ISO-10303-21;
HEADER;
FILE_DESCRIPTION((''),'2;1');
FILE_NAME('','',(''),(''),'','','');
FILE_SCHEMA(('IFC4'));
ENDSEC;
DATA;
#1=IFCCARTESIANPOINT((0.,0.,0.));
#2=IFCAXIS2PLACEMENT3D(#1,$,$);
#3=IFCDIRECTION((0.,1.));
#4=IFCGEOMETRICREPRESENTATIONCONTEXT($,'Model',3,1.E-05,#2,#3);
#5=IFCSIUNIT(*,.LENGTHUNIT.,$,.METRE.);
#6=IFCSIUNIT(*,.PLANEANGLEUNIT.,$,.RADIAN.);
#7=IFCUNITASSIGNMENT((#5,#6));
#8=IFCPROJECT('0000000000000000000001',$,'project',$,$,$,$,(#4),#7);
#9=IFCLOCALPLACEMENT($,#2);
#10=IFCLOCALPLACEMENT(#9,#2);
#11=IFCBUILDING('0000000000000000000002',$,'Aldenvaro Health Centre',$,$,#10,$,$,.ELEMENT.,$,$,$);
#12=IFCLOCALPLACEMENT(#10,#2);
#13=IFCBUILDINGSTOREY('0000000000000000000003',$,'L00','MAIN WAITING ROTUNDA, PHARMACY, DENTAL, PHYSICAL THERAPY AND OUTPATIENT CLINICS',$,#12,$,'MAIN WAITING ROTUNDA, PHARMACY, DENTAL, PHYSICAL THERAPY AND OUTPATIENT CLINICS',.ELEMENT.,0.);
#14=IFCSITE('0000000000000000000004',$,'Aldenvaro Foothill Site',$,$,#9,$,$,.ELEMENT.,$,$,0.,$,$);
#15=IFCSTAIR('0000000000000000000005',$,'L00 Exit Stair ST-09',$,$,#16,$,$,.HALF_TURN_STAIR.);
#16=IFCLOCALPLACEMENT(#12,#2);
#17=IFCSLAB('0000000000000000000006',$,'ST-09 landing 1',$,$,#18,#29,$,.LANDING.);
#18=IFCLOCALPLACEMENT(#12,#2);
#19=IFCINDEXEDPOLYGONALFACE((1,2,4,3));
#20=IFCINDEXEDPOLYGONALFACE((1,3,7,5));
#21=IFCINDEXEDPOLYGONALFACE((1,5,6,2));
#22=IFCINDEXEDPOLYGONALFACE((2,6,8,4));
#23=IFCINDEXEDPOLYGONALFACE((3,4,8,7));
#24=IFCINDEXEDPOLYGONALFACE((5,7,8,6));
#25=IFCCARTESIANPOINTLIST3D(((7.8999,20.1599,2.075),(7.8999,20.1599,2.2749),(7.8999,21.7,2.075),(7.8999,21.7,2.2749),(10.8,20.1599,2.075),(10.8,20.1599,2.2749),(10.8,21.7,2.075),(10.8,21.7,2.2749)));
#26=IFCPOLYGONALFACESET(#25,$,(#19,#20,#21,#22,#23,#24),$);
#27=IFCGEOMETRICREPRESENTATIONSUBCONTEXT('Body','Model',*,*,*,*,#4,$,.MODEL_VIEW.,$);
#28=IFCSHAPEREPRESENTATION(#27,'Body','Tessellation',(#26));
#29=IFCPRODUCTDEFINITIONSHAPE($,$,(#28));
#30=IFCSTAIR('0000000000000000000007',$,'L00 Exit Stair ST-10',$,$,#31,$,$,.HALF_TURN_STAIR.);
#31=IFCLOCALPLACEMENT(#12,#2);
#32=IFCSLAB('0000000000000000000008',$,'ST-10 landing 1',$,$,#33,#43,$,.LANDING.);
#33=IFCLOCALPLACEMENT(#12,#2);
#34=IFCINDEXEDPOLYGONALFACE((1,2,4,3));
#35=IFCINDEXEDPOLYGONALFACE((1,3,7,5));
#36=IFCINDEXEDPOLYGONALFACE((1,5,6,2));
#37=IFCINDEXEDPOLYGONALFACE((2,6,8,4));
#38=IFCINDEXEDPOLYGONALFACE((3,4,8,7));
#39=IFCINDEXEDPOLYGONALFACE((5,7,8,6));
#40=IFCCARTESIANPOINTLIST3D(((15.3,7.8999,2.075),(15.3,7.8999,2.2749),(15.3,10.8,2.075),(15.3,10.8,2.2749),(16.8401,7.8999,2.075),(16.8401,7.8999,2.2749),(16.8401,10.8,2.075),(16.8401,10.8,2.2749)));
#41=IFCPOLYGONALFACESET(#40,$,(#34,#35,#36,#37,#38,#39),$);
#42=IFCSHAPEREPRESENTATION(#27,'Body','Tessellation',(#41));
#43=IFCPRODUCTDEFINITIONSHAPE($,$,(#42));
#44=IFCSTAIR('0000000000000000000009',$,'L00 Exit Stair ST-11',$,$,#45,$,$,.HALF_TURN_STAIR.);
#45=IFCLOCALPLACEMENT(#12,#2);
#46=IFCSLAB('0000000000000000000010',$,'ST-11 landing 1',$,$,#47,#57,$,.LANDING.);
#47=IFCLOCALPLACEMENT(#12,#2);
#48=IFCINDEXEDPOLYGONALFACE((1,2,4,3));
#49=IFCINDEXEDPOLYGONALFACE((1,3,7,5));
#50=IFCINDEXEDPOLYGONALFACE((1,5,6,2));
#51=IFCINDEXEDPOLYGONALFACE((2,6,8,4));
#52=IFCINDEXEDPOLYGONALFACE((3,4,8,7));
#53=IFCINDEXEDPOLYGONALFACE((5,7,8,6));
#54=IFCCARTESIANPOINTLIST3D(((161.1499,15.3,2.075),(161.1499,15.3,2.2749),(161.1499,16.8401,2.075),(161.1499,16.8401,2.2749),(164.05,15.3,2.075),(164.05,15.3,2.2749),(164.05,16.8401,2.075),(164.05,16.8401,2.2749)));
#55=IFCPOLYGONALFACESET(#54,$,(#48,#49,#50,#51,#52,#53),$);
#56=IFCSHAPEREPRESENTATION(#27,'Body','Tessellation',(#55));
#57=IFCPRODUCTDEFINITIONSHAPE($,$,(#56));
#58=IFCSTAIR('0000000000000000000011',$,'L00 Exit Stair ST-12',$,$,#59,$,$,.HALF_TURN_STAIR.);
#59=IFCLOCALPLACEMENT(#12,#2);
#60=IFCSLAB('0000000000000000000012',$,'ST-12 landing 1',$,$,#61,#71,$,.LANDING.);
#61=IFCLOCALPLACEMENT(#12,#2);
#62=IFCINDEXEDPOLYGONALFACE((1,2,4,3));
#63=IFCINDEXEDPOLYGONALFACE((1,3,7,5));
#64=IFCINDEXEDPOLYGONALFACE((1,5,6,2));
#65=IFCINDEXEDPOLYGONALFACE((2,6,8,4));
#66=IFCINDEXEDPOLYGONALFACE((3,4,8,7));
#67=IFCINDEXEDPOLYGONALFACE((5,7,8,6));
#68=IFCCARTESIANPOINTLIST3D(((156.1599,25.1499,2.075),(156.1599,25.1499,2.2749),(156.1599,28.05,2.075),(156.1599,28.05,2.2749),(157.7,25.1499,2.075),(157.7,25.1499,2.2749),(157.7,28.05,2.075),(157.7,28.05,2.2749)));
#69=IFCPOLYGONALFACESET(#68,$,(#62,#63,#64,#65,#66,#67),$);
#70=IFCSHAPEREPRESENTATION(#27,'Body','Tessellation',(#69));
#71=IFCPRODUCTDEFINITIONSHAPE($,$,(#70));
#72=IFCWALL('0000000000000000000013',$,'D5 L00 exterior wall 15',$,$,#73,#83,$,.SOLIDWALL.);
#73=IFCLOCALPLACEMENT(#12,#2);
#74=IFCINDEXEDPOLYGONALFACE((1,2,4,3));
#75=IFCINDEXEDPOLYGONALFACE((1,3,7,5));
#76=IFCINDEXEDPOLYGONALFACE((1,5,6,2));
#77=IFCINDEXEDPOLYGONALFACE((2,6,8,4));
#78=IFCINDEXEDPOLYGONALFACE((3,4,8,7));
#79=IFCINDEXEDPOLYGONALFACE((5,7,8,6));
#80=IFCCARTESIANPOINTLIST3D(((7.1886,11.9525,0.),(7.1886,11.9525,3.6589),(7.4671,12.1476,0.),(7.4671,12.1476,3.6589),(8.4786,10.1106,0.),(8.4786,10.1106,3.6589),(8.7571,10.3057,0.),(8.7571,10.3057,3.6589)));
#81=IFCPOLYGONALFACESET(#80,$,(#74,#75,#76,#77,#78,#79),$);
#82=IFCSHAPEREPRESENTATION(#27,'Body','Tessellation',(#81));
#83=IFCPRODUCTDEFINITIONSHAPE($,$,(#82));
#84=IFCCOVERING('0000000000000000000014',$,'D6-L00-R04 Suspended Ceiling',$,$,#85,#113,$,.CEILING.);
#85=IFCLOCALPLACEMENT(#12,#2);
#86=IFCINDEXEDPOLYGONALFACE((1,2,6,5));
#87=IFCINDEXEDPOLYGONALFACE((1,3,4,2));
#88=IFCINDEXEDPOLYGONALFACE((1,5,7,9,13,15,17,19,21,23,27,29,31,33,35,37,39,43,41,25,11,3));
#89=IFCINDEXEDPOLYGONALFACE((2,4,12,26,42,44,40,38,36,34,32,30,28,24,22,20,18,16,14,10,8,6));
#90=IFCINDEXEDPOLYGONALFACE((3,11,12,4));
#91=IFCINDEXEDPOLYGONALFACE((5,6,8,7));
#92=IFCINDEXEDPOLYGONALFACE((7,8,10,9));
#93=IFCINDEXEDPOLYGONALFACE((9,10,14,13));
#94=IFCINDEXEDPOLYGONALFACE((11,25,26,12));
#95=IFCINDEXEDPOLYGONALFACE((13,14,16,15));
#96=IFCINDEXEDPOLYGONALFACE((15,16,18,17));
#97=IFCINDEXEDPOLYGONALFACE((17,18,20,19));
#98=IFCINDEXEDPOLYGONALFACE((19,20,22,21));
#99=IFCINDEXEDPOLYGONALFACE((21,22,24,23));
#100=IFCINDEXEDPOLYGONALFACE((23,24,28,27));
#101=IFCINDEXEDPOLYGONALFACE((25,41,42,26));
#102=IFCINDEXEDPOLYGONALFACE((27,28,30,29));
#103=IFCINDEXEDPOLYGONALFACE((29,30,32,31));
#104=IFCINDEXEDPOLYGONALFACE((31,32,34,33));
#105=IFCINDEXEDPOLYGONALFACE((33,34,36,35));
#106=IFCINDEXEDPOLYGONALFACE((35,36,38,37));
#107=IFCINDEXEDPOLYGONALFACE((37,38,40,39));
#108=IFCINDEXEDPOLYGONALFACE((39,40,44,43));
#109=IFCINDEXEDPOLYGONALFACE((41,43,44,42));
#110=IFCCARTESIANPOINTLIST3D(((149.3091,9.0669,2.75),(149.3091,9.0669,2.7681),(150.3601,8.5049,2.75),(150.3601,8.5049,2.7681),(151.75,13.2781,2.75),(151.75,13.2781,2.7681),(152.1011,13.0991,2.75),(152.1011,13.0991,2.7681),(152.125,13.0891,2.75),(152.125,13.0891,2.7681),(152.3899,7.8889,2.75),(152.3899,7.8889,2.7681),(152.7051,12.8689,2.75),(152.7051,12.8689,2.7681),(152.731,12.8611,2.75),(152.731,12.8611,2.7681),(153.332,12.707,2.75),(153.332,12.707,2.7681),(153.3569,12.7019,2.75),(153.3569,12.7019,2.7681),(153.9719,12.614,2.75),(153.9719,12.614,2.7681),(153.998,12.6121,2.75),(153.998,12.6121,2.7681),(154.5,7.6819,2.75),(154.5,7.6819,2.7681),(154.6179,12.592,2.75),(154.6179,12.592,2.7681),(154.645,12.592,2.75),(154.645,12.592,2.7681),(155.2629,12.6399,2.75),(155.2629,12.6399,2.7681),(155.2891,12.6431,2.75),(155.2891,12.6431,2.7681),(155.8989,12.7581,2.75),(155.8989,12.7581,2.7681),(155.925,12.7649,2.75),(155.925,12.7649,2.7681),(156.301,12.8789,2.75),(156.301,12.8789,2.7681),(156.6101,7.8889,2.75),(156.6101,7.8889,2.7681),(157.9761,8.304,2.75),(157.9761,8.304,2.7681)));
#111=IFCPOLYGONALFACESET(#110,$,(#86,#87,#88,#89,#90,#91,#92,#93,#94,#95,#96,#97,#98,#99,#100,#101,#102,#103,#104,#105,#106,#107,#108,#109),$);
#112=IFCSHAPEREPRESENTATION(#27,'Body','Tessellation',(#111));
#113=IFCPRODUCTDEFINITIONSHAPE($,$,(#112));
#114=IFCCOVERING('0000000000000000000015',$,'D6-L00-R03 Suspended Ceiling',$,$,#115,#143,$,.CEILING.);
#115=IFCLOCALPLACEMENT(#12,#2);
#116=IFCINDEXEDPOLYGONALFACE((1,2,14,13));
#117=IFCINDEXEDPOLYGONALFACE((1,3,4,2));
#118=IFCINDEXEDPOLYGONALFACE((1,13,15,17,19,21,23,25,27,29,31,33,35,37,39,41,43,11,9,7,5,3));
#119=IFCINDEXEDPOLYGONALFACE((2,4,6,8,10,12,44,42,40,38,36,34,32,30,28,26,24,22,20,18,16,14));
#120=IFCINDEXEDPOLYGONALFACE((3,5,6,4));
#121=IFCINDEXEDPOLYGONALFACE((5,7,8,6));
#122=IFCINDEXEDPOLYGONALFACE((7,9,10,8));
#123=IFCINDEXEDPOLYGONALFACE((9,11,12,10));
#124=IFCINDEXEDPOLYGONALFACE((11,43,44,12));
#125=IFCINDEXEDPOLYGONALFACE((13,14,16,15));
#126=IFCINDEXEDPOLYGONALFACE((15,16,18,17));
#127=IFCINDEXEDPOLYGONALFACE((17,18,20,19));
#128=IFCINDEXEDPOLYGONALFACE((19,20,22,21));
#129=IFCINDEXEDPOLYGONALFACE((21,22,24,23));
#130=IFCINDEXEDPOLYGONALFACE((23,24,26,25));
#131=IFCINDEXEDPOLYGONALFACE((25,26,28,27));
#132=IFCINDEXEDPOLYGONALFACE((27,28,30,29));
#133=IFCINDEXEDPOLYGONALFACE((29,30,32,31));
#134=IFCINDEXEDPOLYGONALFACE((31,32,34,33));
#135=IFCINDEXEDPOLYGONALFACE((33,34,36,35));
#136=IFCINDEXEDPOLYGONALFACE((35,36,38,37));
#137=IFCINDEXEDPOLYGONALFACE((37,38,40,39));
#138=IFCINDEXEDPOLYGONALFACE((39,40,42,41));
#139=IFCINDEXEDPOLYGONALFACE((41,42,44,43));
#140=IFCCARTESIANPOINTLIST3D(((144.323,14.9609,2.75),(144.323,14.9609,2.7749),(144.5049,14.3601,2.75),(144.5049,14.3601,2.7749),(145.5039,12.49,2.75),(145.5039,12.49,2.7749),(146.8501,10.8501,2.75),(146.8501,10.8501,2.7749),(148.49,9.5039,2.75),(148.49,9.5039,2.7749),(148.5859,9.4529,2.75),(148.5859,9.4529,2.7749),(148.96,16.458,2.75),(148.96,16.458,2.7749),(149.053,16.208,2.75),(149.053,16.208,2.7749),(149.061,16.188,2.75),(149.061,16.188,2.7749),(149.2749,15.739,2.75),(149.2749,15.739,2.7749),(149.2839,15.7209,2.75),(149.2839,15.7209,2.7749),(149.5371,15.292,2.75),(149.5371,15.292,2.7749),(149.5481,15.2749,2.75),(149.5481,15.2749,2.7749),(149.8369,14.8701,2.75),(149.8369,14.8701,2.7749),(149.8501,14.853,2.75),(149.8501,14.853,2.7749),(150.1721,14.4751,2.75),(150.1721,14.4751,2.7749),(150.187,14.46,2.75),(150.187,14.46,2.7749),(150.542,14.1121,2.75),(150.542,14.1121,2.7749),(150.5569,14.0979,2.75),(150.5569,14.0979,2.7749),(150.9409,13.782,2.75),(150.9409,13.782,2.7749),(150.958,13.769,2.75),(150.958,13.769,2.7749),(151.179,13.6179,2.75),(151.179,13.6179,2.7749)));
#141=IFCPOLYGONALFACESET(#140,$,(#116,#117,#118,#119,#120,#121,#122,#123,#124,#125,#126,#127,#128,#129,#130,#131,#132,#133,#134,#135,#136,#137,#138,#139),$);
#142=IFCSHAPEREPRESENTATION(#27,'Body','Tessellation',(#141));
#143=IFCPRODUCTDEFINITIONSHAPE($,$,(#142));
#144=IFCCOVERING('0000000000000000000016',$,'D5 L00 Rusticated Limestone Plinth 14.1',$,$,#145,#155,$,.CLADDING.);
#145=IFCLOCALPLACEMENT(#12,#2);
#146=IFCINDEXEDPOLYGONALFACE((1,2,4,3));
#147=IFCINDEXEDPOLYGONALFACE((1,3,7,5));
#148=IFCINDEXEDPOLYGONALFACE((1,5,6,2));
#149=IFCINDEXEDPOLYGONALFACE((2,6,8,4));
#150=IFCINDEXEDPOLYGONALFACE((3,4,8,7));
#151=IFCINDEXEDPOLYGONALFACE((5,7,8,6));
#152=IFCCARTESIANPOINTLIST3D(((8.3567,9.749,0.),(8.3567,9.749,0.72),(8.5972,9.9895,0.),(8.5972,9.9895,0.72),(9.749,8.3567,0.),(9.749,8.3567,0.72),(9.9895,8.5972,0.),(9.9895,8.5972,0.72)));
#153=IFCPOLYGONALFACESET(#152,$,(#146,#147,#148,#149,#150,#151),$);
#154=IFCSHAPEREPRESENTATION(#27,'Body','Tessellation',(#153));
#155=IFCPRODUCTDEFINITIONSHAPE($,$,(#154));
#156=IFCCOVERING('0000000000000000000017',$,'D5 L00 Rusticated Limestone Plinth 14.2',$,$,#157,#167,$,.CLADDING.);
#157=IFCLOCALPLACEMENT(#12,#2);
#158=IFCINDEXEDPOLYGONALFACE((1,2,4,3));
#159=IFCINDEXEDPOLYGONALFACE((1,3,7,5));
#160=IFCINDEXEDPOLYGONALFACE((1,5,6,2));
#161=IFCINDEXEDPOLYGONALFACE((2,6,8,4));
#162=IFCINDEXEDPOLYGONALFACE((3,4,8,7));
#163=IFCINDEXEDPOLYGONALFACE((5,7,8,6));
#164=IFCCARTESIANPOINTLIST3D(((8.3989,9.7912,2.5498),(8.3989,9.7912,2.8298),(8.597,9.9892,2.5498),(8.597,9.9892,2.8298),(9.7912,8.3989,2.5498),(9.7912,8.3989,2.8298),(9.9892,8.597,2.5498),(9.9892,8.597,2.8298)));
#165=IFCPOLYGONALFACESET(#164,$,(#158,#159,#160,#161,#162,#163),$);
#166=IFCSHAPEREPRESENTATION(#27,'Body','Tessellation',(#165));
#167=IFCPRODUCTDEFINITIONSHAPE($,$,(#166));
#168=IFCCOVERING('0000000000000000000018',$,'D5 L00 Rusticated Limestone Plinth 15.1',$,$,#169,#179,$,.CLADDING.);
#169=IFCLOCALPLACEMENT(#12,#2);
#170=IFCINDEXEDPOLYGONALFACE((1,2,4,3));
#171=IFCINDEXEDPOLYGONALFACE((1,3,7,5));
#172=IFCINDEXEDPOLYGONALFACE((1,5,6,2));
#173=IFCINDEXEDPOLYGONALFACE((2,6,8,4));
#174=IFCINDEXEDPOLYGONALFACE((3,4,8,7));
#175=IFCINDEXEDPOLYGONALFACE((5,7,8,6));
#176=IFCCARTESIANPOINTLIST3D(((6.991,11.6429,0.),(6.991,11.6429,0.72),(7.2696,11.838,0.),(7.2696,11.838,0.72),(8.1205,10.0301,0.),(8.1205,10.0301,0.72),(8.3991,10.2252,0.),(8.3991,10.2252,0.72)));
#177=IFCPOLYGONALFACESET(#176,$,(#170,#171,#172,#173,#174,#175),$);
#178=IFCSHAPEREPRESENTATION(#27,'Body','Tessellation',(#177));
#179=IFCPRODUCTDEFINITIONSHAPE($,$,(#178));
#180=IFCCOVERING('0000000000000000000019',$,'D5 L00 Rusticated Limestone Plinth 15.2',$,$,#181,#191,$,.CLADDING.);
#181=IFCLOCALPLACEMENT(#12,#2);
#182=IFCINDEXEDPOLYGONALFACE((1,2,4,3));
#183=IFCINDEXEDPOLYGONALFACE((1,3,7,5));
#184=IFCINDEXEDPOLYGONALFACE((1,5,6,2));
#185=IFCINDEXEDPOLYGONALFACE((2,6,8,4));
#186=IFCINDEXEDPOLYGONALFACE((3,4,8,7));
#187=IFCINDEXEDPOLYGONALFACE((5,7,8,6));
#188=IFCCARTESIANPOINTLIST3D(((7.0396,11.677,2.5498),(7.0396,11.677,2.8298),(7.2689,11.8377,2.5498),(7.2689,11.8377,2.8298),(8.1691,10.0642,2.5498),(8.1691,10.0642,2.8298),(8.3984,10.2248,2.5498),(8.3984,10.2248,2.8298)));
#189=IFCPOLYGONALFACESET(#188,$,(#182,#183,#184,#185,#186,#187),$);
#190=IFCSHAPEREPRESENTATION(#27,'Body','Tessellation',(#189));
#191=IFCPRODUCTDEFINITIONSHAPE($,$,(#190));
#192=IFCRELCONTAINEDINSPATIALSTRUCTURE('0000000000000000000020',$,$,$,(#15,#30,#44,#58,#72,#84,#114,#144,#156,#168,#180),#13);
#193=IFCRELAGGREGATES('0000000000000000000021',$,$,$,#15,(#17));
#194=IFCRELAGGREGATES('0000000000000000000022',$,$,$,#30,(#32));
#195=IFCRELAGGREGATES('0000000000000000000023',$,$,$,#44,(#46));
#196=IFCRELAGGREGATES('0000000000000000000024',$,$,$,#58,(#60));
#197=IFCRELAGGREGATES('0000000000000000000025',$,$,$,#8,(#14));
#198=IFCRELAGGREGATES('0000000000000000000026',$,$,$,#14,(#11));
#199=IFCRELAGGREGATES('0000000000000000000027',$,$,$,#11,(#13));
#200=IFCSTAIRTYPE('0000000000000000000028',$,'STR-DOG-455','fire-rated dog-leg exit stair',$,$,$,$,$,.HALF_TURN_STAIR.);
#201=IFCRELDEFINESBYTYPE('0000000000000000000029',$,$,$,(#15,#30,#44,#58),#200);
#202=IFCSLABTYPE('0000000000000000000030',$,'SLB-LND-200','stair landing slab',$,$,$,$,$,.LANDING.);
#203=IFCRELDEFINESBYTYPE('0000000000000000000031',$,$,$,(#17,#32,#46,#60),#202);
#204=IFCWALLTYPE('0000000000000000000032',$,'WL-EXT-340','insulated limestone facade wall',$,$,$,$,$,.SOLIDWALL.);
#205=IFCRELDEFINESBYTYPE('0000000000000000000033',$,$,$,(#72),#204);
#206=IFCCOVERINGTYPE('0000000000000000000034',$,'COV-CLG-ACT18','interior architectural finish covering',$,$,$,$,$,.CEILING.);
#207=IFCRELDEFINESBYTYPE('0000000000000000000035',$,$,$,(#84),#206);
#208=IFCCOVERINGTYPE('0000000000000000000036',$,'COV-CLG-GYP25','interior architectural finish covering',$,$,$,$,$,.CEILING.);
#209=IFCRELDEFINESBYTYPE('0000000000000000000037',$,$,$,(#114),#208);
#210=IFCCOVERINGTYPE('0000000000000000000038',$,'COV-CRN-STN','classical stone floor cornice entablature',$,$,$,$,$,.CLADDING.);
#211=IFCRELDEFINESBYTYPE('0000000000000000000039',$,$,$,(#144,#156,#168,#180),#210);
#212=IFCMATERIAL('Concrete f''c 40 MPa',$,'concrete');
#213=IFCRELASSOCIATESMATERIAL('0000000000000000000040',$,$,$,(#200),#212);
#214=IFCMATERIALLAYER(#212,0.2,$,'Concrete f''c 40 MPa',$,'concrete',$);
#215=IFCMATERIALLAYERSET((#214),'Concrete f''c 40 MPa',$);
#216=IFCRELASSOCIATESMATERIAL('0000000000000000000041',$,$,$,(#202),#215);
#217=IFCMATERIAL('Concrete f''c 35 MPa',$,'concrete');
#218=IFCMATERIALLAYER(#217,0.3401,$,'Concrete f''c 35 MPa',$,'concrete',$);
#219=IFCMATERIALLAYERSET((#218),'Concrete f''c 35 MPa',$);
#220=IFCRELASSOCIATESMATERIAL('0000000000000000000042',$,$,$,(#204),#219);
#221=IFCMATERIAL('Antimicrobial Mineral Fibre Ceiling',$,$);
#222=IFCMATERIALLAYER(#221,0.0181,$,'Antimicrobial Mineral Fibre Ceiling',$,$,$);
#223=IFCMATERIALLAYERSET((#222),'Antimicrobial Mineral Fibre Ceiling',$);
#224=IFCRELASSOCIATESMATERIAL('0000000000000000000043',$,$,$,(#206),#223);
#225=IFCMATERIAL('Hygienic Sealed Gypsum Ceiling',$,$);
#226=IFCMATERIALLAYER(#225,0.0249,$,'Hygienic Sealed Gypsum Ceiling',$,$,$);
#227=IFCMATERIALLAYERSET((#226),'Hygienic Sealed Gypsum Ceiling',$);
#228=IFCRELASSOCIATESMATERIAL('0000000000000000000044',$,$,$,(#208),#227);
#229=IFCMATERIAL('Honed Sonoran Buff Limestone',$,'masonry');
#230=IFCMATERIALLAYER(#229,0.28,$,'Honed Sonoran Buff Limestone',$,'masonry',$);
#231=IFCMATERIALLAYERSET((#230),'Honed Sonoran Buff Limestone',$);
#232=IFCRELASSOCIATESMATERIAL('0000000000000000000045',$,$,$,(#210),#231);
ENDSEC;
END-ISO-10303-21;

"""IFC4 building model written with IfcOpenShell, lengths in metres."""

from ifc_helpers import new_model, si_unit, direction, frame, frame_2d, origin, origin_2d, place, context, subcontext, project, spatial, polyline, rectangle, outline, extrude, material, layer, layer_set, type_object, element, aggregate, save


model = new_model("IFC4")

# Units and contexts
model_context = context("Model", 3, precision=1e-05, world=origin(), true_north=direction((0.0, 1.0)))
body_context = subcontext(model_context, "Body", "Model", "MODEL_VIEW")
ifc_project = project(units=[si_unit("LENGTHUNIT", "METRE"), si_unit("PLANEANGLEUNIT", "RADIAN")], contexts=[model_context])

# Site, building, storey
site_placement = place(None, origin())
site = spatial("IfcSite", under=ifc_project, at=site_placement, Name="Aldenvaro Foothill Site", CompositionType="ELEMENT", RefElevation=0.0)
building_placement = place(site_placement, origin())
building = spatial("IfcBuilding", under=site, at=building_placement, Name="Aldenvaro Health Centre", CompositionType="ELEMENT")
storey_placement = place(building_placement, origin())
storey = spatial("IfcBuildingStorey", under=building, at=storey_placement, Name="L00", Description="MAIN WAITING ROTUNDA, PHARMACY, DENTAL, PHYSICAL THERAPY AND OUTPATIENT CLINICS", LongName="MAIN WAITING ROTUNDA, PHARMACY, DENTAL, PHYSICAL THERAPY AND OUTPATIENT CLINICS", CompositionType="ELEMENT", Elevation=0.0)

# Shared definitions
ifc_material_1 = material(Name="Concrete f'c 40 MPa", Category="concrete")

# Stairs, slabs
stair_type = type_object("IfcStairType", Name="STR-DOG-455", Description="fire-rated dog-leg exit stair", PredefinedType="HALF_TURN_STAIR", material=ifc_material_1)
ifc_layer_1 = layer(ifc_material_1, 0.2, Name="Concrete f'c 40 MPa", Category="concrete")
ifc_layer_set_1 = layer_set([ifc_layer_1], Name="Concrete f'c 40 MPa")
slab_type = type_object("IfcSlabType", Name="SLB-LND-200", Description="stair landing slab", PredefinedType="LANDING", material=ifc_layer_set_1)
stair_1_placement = place(storey_placement, origin())
stair_1 = element("IfcStair", 1, at=stair_1_placement, inside=storey, type_object=stair_type, Name="L00 Exit Stair ST-09", PredefinedType="HALF_TURN_STAIR")
slab_1_placement = place(storey_placement, frame((0.0, 0.0, 2.075)))
slab_1 = element("IfcSlab", 2, at=slab_1_placement, type_object=slab_type, Name="ST-09 landing 1", PredefinedType="LANDING", context=body_context, shape_type="SweptSolid", body=[
    extrude(outline(polyline([(10.8, 20.1599), (10.8, 21.7), (7.8999, 21.7), (7.8999, 20.1599), (10.8, 20.1599)])), origin(), (0.0, 0.0, 1.0), 0.2),
])
aggregate(stair_1, [slab_1])
stair_2_placement = place(storey_placement, origin())
stair_2 = element("IfcStair", 3, at=stair_2_placement, inside=storey, type_object=stair_type, Name="L00 Exit Stair ST-10", PredefinedType="HALF_TURN_STAIR")
slab_2_placement = place(storey_placement, frame((0.0, 0.0, 2.075)))
slab_2 = element("IfcSlab", 4, at=slab_2_placement, type_object=slab_type, Name="ST-10 landing 1", PredefinedType="LANDING", context=body_context, shape_type="SweptSolid", body=[
    extrude(outline(polyline([(16.8401, 10.8), (15.3, 10.8), (15.3, 7.8999), (16.8401, 7.8999), (16.8401, 10.8)])), origin(), (0.0, 0.0, 1.0), 0.2),
])
aggregate(stair_2, [slab_2])
stair_3_placement = place(storey_placement, origin())
stair_3 = element("IfcStair", 5, at=stair_3_placement, inside=storey, type_object=stair_type, Name="L00 Exit Stair ST-11", PredefinedType="HALF_TURN_STAIR")
slab_3_placement = place(storey_placement, frame((0.0, 0.0, 2.075)))
slab_3 = element("IfcSlab", 6, at=slab_3_placement, type_object=slab_type, Name="ST-11 landing 1", PredefinedType="LANDING", context=body_context, shape_type="SweptSolid", body=[
    extrude(outline(polyline([(161.1499, 16.8401), (161.1499, 15.3), (164.05, 15.3), (164.05, 16.8401), (161.1499, 16.8401)])), origin(), (0.0, 0.0, 1.0), 0.2),
])
aggregate(stair_3, [slab_3])
stair_4_placement = place(storey_placement, origin())
stair_4 = element("IfcStair", 7, at=stair_4_placement, inside=storey, type_object=stair_type, Name="L00 Exit Stair ST-12", PredefinedType="HALF_TURN_STAIR")
slab_4_placement = place(storey_placement, frame((0.0, 0.0, 2.075)))
slab_4 = element("IfcSlab", 8, at=slab_4_placement, type_object=slab_type, Name="ST-12 landing 1", PredefinedType="LANDING", context=body_context, shape_type="SweptSolid", body=[
    extrude(outline(polyline([(156.1599, 25.1499), (157.7, 25.1499), (157.7, 28.05), (156.1599, 28.05), (156.1599, 25.1499)])), origin(), (0.0, 0.0, 1.0), 0.2),
])
aggregate(stair_4, [slab_4])

# Wall
ifc_material_2 = material(Name="Concrete f'c 35 MPa", Category="concrete")
ifc_layer_2 = layer(ifc_material_2, 0.3401, Name="Concrete f'c 35 MPa", Category="concrete")
ifc_layer_set_2 = layer_set([ifc_layer_2], Name="Concrete f'c 35 MPa")
wall_type = type_object("IfcWallType", Name="WL-EXT-340", Description="insulated limestone facade wall", PredefinedType="SOLIDWALL", material=ifc_layer_set_2)
wall_placement = place(storey_placement, frame((8.6179, 10.208, 0.0), z_axis=(0.0, 0.0, 1.0), x_axis=(-0.573644, 0.819104, 0.0)))
element("IfcWall", 9, at=wall_placement, inside=storey, type_object=wall_type, Name="D5 L00 exterior wall 15", PredefinedType="SOLIDWALL", context=body_context, shape_type="SweptSolid", body=[
    extrude(rectangle(XDim=2.2488, YDim=0.3401, at=frame_2d((1.1245, 0.0))), origin(), (0.0, 0.0, 1.0), 3.6589),
])

# Coverings
ifc_material_3 = material(Name="Antimicrobial Mineral Fibre Ceiling")
ifc_layer_3 = layer(ifc_material_3, 0.0181, Name="Antimicrobial Mineral Fibre Ceiling")
ifc_layer_set_3 = layer_set([ifc_layer_3], Name="Antimicrobial Mineral Fibre Ceiling")
covering_type_1 = type_object("IfcCoveringType", Name="COV-CLG-ACT18", Description="interior architectural finish covering", PredefinedType="CEILING", material=ifc_layer_set_3)
covering_1_placement = place(storey_placement, frame((0.0, 0.0, 2.75)))
element("IfcCovering", 10, at=covering_1_placement, inside=storey, type_object=covering_type_1, Name="D6-L00-R04 Suspended Ceiling", PredefinedType="CEILING", context=body_context, shape_type="SweptSolid", body=[
    extrude(outline(polyline([(152.1011, 13.0991), (152.125, 13.0891), (152.7051, 12.8689), (152.731, 12.8611), (153.332, 12.707), (153.3569, 12.7019), (153.9719, 12.614), (153.998, 12.6121), (154.6179, 12.592), (154.645, 12.592), (155.2629, 12.6399), (155.2891, 12.6431), (155.8989, 12.7581), (155.925, 12.7649), (156.301, 12.8789), (157.9761, 8.304), (156.6101, 7.8889), (154.5, 7.6819), (152.3899, 7.8889), (150.3601, 8.5049), (149.3091, 9.0669), (151.75, 13.2781), (152.1011, 13.0991)])), origin(), (0.0, 0.0, 1.0), 0.0181),
])
ifc_material_4 = material(Name="Hygienic Sealed Gypsum Ceiling")
ifc_layer_4 = layer(ifc_material_4, 0.0249, Name="Hygienic Sealed Gypsum Ceiling")
ifc_layer_set_4 = layer_set([ifc_layer_4], Name="Hygienic Sealed Gypsum Ceiling")
covering_type_2 = type_object("IfcCoveringType", Name="COV-CLG-GYP25", Description="interior architectural finish covering", PredefinedType="CEILING", material=ifc_layer_set_4)
covering_2_placement = place(storey_placement, frame((0.0, 0.0, 2.75)))
element("IfcCovering", 11, at=covering_2_placement, inside=storey, type_object=covering_type_2, Name="D6-L00-R03 Suspended Ceiling", PredefinedType="CEILING", context=body_context, shape_type="SweptSolid", body=[
    extrude(outline(polyline([(149.053, 16.208), (149.061, 16.188), (149.2749, 15.739), (149.2839, 15.7209), (149.5371, 15.292), (149.5481, 15.2749), (149.8369, 14.8701), (149.8501, 14.853), (150.1721, 14.4751), (150.187, 14.46), (150.542, 14.1121), (150.5569, 14.0979), (150.9409, 13.782), (150.958, 13.769), (151.179, 13.6179), (148.5859, 9.4529), (148.49, 9.5039), (146.8501, 10.8501), (145.5039, 12.49), (144.5049, 14.3601), (144.323, 14.9609), (148.96, 16.458), (149.053, 16.208)])), origin(), (0.0, 0.0, 1.0), 0.0249),
])
ifc_material_5 = material(Name="Honed Sonoran Buff Limestone", Category="masonry")
ifc_layer_5 = layer(ifc_material_5, 0.28, Name="Honed Sonoran Buff Limestone", Category="masonry")
ifc_layer_set_5 = layer_set([ifc_layer_5], Name="Honed Sonoran Buff Limestone")
covering_type_3 = type_object("IfcCoveringType", Name="COV-CRN-STN", Description="classical stone floor cornice entablature", PredefinedType="CLADDING", material=ifc_layer_set_5)
covering_3_placement = place(storey_placement, frame((9.1731, 9.1731, 0.0), z_axis=(0.0, 0.0, 1.0), x_axis=(-0.707107, 0.707107, 0.0)))
element("IfcCovering", 12, at=covering_3_placement, inside=storey, type_object=covering_type_3, Name="D5 L00 Rusticated Limestone Plinth 14.1", PredefinedType="CLADDING", context=body_context, shape_type="SweptSolid", body=[
    extrude(rectangle(XDim=1.969, YDim=0.3401, at=origin_2d()), origin(), (0.0, 0.0, 1.0), 0.72),
])
covering_4_placement = place(storey_placement, frame((9.1941, 9.1941, 2.5498), z_axis=(0.0, 0.0, 1.0), x_axis=(-0.707107, 0.707107, 0.0)))
element("IfcCovering", 13, at=covering_4_placement, inside=storey, type_object=covering_type_3, Name="D5 L00 Rusticated Limestone Plinth 14.2", PredefinedType="CLADDING", context=body_context, shape_type="SweptSolid", body=[
    extrude(rectangle(XDim=1.969, YDim=0.28, at=origin_2d()), origin(), (0.0, 0.0, 1.0), 0.28),
])
covering_5_placement = place(storey_placement, frame((7.6951, 10.9341, 0.0), z_axis=(0.0, 0.0, 1.0), x_axis=(-0.573641, 0.819107, 0.0)))
element("IfcCovering", 14, at=covering_5_placement, inside=storey, type_object=covering_type_3, Name="D5 L00 Rusticated Limestone Plinth 15.1", PredefinedType="CLADDING", context=body_context, shape_type="SweptSolid", body=[
    extrude(rectangle(XDim=1.969, YDim=0.3401, at=origin_2d()), origin(), (0.0, 0.0, 1.0), 0.72),
])
covering_6_placement = place(storey_placement, frame((7.719, 10.9509, 2.5498), z_axis=(0.0, 0.0, 1.0), x_axis=(-0.573641, 0.819107, 0.0)))
element("IfcCovering", 15, at=covering_6_placement, inside=storey, type_object=covering_type_3, Name="D5 L00 Rusticated Limestone Plinth 15.2", PredefinedType="CLADDING", context=body_context, shape_type="SweptSolid", body=[
    extrude(rectangle(XDim=1.969, YDim=0.28, at=origin_2d()), origin(), (0.0, 0.0, 1.0), 0.28),
])

save(model, "model.ifc")
